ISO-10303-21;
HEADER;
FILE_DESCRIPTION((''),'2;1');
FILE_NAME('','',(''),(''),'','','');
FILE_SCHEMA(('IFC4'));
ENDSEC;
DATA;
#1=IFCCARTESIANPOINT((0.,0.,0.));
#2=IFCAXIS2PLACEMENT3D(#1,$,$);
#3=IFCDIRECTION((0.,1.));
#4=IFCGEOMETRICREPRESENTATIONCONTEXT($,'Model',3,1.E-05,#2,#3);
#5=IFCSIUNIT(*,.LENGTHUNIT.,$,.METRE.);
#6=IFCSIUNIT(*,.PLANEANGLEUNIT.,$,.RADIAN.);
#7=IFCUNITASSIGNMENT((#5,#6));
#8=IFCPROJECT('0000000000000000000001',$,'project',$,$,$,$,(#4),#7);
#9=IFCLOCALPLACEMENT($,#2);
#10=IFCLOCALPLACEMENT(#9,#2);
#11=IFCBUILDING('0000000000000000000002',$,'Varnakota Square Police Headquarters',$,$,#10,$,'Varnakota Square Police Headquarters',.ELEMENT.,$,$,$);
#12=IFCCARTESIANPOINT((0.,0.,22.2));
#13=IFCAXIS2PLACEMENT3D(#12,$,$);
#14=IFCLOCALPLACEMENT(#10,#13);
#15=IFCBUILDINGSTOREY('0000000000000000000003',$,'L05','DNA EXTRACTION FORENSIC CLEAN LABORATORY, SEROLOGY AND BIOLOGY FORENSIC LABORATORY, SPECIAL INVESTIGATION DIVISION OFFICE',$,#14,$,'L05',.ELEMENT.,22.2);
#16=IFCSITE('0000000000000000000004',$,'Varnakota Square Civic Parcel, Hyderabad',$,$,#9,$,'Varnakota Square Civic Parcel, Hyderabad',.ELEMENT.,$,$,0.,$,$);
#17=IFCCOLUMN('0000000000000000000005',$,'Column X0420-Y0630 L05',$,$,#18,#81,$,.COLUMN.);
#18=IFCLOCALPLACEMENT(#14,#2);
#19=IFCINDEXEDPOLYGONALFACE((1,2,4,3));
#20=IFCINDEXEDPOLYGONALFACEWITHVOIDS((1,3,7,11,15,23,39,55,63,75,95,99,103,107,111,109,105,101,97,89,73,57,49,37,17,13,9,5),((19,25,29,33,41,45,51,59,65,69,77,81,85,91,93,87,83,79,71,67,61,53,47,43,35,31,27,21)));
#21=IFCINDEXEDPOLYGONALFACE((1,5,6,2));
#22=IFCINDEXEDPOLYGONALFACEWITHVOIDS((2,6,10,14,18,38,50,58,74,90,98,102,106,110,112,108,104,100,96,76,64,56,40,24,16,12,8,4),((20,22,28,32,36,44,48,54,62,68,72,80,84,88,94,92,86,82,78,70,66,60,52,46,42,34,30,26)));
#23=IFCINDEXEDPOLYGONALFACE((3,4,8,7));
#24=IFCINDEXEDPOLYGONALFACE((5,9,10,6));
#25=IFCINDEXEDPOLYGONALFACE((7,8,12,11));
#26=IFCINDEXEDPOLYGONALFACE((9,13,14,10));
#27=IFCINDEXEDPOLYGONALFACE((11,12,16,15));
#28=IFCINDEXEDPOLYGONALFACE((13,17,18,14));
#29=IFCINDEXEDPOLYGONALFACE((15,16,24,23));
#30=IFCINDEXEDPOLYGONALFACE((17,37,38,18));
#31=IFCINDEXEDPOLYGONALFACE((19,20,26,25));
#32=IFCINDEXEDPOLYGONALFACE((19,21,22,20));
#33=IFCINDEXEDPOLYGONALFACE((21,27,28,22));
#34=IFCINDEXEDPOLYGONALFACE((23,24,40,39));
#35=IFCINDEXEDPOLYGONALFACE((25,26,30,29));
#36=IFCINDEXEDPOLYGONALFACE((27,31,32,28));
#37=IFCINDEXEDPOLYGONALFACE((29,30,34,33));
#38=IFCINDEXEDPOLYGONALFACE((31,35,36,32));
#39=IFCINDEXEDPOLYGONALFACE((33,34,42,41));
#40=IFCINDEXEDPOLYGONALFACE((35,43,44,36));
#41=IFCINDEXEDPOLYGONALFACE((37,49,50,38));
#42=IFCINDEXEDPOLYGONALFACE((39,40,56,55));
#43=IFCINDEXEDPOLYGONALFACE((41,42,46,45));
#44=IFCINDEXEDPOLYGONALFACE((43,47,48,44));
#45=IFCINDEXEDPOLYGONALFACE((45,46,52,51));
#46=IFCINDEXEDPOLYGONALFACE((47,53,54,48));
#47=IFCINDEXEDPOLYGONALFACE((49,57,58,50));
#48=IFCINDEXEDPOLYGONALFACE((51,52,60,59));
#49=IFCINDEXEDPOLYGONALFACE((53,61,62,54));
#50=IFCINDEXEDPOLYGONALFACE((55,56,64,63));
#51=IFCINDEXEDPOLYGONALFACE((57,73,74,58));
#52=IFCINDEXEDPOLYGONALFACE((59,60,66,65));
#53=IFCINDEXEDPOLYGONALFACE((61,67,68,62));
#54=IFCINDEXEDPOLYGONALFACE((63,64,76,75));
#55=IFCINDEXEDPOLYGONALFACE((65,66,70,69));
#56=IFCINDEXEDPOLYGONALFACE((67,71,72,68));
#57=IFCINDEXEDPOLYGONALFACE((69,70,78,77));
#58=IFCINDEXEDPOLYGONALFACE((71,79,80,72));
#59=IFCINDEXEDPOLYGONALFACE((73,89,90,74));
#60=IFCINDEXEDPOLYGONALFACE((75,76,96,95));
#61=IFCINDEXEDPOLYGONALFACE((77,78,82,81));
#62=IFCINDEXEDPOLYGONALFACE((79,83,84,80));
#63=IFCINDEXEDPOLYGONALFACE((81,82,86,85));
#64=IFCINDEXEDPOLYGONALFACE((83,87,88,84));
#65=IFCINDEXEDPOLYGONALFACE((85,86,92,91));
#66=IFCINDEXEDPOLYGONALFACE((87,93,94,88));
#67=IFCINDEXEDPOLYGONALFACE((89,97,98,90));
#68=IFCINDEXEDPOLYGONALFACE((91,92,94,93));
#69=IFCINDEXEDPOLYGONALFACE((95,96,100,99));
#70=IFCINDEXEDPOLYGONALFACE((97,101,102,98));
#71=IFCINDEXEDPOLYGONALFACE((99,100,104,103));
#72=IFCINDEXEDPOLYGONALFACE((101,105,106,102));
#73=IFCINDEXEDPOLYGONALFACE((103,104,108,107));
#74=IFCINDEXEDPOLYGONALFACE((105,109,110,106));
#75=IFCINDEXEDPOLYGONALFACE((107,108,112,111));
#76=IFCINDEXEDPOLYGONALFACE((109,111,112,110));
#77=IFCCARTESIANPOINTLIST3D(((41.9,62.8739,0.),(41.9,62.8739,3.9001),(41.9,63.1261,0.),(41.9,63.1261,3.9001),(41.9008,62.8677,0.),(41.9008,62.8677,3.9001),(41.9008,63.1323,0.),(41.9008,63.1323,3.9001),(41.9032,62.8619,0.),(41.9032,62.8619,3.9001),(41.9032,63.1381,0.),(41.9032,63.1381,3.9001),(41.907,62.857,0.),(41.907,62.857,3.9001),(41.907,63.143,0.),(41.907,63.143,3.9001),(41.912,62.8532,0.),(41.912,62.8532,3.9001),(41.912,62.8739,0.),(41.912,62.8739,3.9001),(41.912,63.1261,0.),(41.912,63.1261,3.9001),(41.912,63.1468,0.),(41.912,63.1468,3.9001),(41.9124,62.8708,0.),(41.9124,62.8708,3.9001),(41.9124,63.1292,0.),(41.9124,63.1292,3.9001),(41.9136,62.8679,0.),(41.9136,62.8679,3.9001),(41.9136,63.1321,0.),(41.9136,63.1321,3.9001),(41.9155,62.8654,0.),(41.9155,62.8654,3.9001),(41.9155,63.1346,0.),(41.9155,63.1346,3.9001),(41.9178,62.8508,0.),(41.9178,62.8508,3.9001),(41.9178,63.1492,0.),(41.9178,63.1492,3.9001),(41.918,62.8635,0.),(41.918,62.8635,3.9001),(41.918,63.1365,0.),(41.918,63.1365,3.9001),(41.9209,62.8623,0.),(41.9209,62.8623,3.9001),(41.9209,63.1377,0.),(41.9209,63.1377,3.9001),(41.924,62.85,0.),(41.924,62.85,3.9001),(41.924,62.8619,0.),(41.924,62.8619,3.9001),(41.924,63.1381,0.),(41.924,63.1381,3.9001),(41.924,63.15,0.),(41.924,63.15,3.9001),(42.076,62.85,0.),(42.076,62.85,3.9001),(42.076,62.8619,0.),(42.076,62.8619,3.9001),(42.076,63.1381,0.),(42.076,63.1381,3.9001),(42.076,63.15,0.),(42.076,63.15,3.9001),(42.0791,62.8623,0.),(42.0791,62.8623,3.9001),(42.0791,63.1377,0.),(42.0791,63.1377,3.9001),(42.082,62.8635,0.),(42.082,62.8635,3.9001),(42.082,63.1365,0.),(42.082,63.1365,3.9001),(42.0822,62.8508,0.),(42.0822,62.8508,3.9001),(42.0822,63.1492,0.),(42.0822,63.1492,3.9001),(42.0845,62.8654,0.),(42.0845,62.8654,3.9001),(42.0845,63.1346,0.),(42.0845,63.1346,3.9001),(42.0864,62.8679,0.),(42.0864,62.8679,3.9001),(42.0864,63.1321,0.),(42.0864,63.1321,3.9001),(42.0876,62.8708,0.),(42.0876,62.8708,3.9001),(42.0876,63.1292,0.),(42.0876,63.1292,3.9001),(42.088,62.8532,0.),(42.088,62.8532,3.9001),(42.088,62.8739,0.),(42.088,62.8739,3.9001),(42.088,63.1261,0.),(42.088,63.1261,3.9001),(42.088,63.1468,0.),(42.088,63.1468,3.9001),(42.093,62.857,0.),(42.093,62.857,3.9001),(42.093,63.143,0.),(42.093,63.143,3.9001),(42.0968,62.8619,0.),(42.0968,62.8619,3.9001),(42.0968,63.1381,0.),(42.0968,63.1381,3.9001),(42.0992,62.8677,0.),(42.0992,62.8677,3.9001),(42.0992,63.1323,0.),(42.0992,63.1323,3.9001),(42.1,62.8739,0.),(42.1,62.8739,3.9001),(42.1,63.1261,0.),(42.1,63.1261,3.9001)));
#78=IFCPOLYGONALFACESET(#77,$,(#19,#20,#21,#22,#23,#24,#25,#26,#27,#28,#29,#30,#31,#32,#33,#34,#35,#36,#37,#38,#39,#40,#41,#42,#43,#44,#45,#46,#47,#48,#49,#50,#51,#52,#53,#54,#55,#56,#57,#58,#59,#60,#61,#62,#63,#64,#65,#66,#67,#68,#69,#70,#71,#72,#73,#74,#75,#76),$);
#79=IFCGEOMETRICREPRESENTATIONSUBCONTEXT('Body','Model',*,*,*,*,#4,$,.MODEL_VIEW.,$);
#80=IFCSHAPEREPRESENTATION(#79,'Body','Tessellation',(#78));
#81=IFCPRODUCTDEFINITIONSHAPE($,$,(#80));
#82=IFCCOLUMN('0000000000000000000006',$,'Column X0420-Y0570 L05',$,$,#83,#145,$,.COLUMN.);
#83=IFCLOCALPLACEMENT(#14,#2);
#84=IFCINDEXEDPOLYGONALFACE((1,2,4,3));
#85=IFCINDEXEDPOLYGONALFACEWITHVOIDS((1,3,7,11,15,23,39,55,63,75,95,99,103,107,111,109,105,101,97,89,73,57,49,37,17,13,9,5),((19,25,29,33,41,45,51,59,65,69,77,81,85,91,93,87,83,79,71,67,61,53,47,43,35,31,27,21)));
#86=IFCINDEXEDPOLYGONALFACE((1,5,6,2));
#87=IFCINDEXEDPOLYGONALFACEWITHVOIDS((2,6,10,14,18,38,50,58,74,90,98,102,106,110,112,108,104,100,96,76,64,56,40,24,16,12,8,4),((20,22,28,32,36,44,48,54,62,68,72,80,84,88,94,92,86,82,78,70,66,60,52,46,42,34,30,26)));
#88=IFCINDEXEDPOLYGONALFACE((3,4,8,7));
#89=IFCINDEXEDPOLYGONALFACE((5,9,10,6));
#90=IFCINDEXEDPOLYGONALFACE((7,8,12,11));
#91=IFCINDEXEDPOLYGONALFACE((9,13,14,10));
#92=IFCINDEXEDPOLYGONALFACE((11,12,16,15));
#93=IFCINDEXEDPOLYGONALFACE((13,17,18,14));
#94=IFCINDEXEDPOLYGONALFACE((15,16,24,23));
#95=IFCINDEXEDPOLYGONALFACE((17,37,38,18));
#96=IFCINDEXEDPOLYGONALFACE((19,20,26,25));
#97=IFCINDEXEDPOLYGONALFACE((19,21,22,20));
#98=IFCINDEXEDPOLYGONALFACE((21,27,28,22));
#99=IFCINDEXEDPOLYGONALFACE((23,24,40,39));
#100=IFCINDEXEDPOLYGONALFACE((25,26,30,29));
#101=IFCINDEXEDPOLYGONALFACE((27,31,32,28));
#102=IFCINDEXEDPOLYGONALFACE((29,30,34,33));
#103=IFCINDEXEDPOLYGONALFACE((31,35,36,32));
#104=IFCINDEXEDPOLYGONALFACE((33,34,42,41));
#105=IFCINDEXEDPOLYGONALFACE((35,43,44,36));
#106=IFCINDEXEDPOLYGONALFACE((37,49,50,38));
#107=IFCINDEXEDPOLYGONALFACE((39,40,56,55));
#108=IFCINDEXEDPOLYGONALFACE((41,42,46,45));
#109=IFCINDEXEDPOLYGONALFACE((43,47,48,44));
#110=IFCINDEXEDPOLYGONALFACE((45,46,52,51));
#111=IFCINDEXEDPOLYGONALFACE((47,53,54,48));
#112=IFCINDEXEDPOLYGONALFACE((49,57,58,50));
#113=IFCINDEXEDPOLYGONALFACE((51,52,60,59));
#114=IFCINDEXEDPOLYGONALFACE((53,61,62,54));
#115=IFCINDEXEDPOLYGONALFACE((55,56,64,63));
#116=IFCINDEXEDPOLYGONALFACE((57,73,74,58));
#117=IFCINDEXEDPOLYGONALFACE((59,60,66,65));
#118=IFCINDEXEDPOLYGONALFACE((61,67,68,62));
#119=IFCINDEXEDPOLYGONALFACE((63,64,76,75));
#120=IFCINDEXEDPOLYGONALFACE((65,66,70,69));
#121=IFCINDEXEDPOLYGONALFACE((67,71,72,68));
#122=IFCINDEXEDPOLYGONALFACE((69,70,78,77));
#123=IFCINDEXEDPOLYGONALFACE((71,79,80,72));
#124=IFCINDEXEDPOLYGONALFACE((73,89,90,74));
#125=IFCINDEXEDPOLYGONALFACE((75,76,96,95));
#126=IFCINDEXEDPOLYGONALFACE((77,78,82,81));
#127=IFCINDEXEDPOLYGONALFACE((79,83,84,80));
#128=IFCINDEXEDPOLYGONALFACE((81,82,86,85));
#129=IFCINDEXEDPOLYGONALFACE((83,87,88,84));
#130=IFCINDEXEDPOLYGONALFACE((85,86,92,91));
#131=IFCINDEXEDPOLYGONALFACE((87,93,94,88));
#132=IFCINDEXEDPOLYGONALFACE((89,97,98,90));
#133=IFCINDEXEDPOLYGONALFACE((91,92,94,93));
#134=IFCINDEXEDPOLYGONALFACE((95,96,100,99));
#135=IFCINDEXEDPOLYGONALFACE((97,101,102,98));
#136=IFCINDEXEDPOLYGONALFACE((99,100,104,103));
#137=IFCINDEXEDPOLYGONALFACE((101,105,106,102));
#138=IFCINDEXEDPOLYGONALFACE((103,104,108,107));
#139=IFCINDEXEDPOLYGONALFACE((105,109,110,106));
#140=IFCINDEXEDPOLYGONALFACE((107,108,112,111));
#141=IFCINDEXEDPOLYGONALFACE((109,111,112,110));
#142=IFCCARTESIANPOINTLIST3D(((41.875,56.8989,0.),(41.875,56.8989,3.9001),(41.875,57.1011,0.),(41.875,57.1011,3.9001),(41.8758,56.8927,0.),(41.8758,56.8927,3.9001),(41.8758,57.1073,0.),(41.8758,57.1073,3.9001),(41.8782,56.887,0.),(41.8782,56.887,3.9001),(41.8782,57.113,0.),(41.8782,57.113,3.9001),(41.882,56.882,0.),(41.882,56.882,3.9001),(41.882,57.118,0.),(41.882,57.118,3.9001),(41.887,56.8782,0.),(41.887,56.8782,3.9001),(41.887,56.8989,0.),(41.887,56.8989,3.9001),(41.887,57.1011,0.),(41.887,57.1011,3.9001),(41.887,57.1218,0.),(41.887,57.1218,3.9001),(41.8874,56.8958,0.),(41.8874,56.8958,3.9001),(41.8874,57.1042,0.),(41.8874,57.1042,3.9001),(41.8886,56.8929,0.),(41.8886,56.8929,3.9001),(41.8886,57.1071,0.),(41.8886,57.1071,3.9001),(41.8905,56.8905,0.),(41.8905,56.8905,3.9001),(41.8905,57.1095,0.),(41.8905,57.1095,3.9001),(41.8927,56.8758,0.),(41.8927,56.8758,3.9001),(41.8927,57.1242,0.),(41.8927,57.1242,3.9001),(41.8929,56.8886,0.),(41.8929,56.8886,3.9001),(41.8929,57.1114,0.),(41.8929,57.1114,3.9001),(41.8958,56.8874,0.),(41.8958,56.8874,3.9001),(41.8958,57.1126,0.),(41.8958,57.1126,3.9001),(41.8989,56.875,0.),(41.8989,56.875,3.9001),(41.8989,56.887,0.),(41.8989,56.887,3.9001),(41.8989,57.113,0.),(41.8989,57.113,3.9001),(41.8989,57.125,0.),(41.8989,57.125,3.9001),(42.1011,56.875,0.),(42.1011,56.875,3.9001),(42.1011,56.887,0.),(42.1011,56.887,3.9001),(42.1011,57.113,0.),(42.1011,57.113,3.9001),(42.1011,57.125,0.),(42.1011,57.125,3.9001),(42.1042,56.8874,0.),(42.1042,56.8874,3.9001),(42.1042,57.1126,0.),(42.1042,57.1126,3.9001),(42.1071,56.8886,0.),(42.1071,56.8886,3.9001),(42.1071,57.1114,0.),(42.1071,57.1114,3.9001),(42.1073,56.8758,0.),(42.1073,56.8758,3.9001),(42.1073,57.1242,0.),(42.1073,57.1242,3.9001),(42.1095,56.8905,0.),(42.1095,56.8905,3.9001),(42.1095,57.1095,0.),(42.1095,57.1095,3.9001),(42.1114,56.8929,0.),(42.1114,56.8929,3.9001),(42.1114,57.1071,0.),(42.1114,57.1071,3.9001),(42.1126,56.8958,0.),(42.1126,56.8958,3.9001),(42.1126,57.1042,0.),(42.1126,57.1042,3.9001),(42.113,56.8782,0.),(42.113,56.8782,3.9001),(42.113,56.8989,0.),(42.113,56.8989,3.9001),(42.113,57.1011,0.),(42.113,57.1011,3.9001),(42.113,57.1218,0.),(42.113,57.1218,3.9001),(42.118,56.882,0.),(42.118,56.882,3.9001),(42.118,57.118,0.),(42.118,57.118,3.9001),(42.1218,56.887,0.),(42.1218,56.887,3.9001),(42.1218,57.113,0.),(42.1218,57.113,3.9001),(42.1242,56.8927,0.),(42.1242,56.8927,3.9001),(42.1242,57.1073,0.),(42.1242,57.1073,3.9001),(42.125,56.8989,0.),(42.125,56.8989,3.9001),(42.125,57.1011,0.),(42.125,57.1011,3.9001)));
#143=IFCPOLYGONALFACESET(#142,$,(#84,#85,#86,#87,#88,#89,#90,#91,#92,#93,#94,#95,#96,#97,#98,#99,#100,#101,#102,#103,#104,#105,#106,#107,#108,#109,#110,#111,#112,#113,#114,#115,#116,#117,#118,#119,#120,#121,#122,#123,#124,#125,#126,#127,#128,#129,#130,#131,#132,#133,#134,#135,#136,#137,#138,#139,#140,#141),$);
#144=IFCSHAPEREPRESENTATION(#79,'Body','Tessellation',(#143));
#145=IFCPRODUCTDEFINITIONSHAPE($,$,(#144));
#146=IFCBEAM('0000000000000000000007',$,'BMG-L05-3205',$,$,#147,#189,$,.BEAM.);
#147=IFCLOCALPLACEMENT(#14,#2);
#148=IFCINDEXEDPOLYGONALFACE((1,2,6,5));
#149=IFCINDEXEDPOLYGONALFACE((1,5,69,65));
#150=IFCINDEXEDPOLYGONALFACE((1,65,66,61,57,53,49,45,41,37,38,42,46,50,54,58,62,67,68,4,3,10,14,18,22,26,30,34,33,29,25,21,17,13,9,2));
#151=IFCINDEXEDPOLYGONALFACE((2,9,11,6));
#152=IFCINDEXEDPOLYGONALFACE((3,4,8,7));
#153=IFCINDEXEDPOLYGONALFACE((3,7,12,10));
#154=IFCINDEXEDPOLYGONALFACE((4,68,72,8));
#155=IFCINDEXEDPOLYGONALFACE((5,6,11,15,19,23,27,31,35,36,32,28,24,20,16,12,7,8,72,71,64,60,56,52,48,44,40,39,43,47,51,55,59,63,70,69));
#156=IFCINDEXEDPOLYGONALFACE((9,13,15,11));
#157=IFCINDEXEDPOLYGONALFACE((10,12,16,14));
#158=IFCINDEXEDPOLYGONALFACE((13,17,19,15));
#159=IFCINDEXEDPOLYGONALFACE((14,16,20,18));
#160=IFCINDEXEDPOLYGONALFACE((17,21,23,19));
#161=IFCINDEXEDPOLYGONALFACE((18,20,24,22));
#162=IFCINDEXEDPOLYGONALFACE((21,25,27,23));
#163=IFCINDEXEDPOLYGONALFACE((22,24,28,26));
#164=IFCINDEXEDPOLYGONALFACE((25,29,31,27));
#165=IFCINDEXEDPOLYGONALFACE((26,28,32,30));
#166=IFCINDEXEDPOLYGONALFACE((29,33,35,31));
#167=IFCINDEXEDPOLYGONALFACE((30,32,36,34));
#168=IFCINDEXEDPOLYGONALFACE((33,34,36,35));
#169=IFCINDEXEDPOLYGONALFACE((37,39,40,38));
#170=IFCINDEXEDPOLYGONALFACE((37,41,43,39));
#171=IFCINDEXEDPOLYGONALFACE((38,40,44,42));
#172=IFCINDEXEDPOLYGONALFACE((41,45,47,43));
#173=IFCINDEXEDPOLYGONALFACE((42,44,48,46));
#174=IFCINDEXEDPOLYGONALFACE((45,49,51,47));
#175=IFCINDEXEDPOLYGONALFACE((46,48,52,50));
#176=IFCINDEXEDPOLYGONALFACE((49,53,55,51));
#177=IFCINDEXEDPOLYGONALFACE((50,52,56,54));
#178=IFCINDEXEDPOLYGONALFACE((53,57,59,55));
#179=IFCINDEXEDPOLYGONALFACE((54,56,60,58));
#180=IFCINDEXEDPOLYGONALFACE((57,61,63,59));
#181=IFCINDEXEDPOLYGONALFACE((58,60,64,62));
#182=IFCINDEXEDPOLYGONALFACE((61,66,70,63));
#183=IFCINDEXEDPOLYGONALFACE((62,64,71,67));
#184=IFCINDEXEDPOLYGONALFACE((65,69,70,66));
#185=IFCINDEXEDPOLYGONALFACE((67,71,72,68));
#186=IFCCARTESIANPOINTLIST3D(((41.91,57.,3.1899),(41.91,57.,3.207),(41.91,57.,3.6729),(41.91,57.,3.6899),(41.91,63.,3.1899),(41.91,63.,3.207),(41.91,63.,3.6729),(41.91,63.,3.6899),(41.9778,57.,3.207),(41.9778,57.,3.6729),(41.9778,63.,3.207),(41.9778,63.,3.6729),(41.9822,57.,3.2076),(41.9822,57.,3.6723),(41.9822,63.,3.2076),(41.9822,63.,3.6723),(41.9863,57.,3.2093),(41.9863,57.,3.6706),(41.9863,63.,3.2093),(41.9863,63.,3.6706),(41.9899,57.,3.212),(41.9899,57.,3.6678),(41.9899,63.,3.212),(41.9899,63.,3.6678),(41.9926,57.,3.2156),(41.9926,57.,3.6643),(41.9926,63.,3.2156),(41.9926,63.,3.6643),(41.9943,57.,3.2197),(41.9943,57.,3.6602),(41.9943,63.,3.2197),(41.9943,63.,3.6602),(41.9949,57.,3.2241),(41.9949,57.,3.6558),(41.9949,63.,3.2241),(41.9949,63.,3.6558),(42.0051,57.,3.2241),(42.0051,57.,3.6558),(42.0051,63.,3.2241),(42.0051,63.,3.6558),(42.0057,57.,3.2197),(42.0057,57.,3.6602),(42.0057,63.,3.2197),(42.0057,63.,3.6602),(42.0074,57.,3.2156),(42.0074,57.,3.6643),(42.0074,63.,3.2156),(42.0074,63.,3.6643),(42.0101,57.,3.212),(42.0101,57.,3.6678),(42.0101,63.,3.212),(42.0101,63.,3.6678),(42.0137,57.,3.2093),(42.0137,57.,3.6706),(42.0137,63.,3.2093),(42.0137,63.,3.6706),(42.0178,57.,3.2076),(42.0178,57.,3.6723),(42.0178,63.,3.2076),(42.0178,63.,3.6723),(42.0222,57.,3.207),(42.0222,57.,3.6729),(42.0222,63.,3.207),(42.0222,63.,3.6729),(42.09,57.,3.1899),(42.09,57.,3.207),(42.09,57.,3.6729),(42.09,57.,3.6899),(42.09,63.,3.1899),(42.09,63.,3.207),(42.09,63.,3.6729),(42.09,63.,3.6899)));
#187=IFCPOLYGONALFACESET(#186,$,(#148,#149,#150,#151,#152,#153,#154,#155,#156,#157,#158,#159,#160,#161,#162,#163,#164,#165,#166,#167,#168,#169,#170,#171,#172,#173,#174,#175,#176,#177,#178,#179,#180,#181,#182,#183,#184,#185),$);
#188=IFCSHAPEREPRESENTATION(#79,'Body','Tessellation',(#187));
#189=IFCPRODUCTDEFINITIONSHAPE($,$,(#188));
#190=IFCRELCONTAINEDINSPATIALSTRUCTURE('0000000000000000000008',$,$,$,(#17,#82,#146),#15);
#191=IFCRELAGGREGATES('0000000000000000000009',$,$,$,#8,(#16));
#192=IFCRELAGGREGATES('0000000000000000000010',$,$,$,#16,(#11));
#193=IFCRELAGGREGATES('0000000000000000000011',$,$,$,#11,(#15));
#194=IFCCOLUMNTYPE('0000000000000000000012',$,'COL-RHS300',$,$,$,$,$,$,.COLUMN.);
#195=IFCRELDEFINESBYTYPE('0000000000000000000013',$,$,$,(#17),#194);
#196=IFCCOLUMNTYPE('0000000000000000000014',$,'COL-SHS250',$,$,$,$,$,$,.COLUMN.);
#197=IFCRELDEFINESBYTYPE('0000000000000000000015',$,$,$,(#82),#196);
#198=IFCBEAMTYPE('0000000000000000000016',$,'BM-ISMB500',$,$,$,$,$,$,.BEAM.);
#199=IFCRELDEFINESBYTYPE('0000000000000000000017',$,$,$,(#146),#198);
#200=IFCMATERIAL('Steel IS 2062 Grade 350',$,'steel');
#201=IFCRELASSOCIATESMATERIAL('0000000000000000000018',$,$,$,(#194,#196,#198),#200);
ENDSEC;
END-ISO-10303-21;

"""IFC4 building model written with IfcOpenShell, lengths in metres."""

from ifc_helpers import new_model, si_unit, direction, frame, origin, origin_2d, place, context, subcontext, project, spatial, hollow_rectangle, i_section, extrude, material, material_profile, profile_set, type_object, element, save


model = new_model("IFC4")

# Units and contexts
model_context = context("Model", 3, precision=1e-05, world=origin(), true_north=direction((0.0, 1.0)))
body_context = subcontext(model_context, "Body", "Model", "MODEL_VIEW")
ifc_project = project(units=[si_unit("LENGTHUNIT", "METRE"), si_unit("PLANEANGLEUNIT", "RADIAN")], contexts=[model_context])

# Site, building, storey
site_placement = place(None, origin())
site = spatial("IfcSite", under=ifc_project, at=site_placement, Name="Varnakota Square Civic Parcel, Hyderabad", LongName="Varnakota Square Civic Parcel, Hyderabad", CompositionType="ELEMENT", RefElevation=0.0)
building_placement = place(site_placement, origin())
building = spatial("IfcBuilding", under=site, at=building_placement, Name="Varnakota Square Police Headquarters", LongName="Varnakota Square Police Headquarters", CompositionType="ELEMENT")
storey_placement = place(building_placement, frame((0.0, 0.0, 22.2)))
storey = spatial("IfcBuildingStorey", under=building, at=storey_placement, Name="L05", Description="DNA EXTRACTION FORENSIC CLEAN LABORATORY, SEROLOGY AND BIOLOGY FORENSIC LABORATORY, SPECIAL INVESTIGATION DIVISION OFFICE", LongName="L05", CompositionType="ELEMENT", Elevation=22.2)

# Columns
ifc_material_1 = material(Name="Steel IS 2062 Grade 350", Category="steel")
ifc_material_profile_1 = material_profile(ifc_material_1, hollow_rectangle(XDim=0.2, YDim=0.3, WallThickness=0.012, InnerFilletRadius=0.012, OuterFilletRadius=0.0239, at=origin_2d()), Name="RHS 300x200x12")
ifc_profile_set_1 = profile_set([ifc_material_profile_1], Name="Steel IS 2062 Grade 350")
column_type_1 = type_object("IfcColumnType", Name="COL-RHS300", PredefinedType="COLUMN", material=ifc_profile_set_1)
column_1_placement = place(storey_placement, frame((42.0, 63.0, 0.0), z_axis=(0.0, 0.0, 1.0), x_axis=(1.0, 0.0, 0.0)))
element("IfcColumn", 1, at=column_1_placement, inside=storey, type_object=column_type_1, Name="Column X0420-Y0630 L05", PredefinedType="COLUMN", context=body_context, shape_type="SweptSolid", body=[
    extrude(hollow_rectangle(XDim=0.2, YDim=0.3, WallThickness=0.012, InnerFilletRadius=0.012, OuterFilletRadius=0.0239, at=origin_2d()), origin(), (0.0, 0.0, 1.0), 3.9001),
])
ifc_material_profile_2 = material_profile(ifc_material_1, hollow_rectangle(XDim=0.25, YDim=0.25, WallThickness=0.012, InnerFilletRadius=0.012, OuterFilletRadius=0.0239, at=origin_2d()), Name="SHS 250x250x12")
ifc_profile_set_2 = profile_set([ifc_material_profile_2], Name="Steel IS 2062 Grade 350")
column_type_2 = type_object("IfcColumnType", Name="COL-SHS250", PredefinedType="COLUMN", material=ifc_profile_set_2)
column_2_placement = place(storey_placement, frame((42.0, 57.0, 0.0), z_axis=(0.0, 0.0, 1.0), x_axis=(1.0, 0.0, 0.0)))
element("IfcColumn", 2, at=column_2_placement, inside=storey, type_object=column_type_2, Name="Column X0420-Y0570 L05", PredefinedType="COLUMN", context=body_context, shape_type="SweptSolid", body=[
    extrude(hollow_rectangle(XDim=0.25, YDim=0.25, WallThickness=0.012, InnerFilletRadius=0.012, OuterFilletRadius=0.0239, at=origin_2d()), origin(), (0.0, 0.0, 1.0), 3.9001),
])

# Beam
ifc_material_profile_3 = material_profile(ifc_material_1, i_section(OverallWidth=0.1799, OverallDepth=0.5, WebThickness=0.0103, FlangeThickness=0.0171, FilletRadius=0.0171, at=origin_2d()), Name="ISMB 500")
ifc_profile_set_3 = profile_set([ifc_material_profile_3], Name="Steel IS 2062 Grade 350")
beam_type_1 = type_object("IfcBeamType", Name="BM-ISMB500", PredefinedType="BEAM", material=ifc_profile_set_3)
beam_1_placement = place(storey_placement, frame((42.0, 57.0, 3.4399), z_axis=(0.0, 1.0, 0.0), x_axis=(-1.0, 0.0, 0.0)))
element("IfcBeam", 3, at=beam_1_placement, inside=storey, type_object=beam_type_1, Name="BMG-L05-3205", PredefinedType="BEAM", context=body_context, shape_type="SweptSolid", body=[
    extrude(i_section(OverallWidth=0.1799, OverallDepth=0.5, WebThickness=0.0103, FlangeThickness=0.0171, FilletRadius=0.0171, at=origin_2d()), origin(), (0.0, 0.0, 1.0), 6.0),
])

save(model, "model.ifc")
